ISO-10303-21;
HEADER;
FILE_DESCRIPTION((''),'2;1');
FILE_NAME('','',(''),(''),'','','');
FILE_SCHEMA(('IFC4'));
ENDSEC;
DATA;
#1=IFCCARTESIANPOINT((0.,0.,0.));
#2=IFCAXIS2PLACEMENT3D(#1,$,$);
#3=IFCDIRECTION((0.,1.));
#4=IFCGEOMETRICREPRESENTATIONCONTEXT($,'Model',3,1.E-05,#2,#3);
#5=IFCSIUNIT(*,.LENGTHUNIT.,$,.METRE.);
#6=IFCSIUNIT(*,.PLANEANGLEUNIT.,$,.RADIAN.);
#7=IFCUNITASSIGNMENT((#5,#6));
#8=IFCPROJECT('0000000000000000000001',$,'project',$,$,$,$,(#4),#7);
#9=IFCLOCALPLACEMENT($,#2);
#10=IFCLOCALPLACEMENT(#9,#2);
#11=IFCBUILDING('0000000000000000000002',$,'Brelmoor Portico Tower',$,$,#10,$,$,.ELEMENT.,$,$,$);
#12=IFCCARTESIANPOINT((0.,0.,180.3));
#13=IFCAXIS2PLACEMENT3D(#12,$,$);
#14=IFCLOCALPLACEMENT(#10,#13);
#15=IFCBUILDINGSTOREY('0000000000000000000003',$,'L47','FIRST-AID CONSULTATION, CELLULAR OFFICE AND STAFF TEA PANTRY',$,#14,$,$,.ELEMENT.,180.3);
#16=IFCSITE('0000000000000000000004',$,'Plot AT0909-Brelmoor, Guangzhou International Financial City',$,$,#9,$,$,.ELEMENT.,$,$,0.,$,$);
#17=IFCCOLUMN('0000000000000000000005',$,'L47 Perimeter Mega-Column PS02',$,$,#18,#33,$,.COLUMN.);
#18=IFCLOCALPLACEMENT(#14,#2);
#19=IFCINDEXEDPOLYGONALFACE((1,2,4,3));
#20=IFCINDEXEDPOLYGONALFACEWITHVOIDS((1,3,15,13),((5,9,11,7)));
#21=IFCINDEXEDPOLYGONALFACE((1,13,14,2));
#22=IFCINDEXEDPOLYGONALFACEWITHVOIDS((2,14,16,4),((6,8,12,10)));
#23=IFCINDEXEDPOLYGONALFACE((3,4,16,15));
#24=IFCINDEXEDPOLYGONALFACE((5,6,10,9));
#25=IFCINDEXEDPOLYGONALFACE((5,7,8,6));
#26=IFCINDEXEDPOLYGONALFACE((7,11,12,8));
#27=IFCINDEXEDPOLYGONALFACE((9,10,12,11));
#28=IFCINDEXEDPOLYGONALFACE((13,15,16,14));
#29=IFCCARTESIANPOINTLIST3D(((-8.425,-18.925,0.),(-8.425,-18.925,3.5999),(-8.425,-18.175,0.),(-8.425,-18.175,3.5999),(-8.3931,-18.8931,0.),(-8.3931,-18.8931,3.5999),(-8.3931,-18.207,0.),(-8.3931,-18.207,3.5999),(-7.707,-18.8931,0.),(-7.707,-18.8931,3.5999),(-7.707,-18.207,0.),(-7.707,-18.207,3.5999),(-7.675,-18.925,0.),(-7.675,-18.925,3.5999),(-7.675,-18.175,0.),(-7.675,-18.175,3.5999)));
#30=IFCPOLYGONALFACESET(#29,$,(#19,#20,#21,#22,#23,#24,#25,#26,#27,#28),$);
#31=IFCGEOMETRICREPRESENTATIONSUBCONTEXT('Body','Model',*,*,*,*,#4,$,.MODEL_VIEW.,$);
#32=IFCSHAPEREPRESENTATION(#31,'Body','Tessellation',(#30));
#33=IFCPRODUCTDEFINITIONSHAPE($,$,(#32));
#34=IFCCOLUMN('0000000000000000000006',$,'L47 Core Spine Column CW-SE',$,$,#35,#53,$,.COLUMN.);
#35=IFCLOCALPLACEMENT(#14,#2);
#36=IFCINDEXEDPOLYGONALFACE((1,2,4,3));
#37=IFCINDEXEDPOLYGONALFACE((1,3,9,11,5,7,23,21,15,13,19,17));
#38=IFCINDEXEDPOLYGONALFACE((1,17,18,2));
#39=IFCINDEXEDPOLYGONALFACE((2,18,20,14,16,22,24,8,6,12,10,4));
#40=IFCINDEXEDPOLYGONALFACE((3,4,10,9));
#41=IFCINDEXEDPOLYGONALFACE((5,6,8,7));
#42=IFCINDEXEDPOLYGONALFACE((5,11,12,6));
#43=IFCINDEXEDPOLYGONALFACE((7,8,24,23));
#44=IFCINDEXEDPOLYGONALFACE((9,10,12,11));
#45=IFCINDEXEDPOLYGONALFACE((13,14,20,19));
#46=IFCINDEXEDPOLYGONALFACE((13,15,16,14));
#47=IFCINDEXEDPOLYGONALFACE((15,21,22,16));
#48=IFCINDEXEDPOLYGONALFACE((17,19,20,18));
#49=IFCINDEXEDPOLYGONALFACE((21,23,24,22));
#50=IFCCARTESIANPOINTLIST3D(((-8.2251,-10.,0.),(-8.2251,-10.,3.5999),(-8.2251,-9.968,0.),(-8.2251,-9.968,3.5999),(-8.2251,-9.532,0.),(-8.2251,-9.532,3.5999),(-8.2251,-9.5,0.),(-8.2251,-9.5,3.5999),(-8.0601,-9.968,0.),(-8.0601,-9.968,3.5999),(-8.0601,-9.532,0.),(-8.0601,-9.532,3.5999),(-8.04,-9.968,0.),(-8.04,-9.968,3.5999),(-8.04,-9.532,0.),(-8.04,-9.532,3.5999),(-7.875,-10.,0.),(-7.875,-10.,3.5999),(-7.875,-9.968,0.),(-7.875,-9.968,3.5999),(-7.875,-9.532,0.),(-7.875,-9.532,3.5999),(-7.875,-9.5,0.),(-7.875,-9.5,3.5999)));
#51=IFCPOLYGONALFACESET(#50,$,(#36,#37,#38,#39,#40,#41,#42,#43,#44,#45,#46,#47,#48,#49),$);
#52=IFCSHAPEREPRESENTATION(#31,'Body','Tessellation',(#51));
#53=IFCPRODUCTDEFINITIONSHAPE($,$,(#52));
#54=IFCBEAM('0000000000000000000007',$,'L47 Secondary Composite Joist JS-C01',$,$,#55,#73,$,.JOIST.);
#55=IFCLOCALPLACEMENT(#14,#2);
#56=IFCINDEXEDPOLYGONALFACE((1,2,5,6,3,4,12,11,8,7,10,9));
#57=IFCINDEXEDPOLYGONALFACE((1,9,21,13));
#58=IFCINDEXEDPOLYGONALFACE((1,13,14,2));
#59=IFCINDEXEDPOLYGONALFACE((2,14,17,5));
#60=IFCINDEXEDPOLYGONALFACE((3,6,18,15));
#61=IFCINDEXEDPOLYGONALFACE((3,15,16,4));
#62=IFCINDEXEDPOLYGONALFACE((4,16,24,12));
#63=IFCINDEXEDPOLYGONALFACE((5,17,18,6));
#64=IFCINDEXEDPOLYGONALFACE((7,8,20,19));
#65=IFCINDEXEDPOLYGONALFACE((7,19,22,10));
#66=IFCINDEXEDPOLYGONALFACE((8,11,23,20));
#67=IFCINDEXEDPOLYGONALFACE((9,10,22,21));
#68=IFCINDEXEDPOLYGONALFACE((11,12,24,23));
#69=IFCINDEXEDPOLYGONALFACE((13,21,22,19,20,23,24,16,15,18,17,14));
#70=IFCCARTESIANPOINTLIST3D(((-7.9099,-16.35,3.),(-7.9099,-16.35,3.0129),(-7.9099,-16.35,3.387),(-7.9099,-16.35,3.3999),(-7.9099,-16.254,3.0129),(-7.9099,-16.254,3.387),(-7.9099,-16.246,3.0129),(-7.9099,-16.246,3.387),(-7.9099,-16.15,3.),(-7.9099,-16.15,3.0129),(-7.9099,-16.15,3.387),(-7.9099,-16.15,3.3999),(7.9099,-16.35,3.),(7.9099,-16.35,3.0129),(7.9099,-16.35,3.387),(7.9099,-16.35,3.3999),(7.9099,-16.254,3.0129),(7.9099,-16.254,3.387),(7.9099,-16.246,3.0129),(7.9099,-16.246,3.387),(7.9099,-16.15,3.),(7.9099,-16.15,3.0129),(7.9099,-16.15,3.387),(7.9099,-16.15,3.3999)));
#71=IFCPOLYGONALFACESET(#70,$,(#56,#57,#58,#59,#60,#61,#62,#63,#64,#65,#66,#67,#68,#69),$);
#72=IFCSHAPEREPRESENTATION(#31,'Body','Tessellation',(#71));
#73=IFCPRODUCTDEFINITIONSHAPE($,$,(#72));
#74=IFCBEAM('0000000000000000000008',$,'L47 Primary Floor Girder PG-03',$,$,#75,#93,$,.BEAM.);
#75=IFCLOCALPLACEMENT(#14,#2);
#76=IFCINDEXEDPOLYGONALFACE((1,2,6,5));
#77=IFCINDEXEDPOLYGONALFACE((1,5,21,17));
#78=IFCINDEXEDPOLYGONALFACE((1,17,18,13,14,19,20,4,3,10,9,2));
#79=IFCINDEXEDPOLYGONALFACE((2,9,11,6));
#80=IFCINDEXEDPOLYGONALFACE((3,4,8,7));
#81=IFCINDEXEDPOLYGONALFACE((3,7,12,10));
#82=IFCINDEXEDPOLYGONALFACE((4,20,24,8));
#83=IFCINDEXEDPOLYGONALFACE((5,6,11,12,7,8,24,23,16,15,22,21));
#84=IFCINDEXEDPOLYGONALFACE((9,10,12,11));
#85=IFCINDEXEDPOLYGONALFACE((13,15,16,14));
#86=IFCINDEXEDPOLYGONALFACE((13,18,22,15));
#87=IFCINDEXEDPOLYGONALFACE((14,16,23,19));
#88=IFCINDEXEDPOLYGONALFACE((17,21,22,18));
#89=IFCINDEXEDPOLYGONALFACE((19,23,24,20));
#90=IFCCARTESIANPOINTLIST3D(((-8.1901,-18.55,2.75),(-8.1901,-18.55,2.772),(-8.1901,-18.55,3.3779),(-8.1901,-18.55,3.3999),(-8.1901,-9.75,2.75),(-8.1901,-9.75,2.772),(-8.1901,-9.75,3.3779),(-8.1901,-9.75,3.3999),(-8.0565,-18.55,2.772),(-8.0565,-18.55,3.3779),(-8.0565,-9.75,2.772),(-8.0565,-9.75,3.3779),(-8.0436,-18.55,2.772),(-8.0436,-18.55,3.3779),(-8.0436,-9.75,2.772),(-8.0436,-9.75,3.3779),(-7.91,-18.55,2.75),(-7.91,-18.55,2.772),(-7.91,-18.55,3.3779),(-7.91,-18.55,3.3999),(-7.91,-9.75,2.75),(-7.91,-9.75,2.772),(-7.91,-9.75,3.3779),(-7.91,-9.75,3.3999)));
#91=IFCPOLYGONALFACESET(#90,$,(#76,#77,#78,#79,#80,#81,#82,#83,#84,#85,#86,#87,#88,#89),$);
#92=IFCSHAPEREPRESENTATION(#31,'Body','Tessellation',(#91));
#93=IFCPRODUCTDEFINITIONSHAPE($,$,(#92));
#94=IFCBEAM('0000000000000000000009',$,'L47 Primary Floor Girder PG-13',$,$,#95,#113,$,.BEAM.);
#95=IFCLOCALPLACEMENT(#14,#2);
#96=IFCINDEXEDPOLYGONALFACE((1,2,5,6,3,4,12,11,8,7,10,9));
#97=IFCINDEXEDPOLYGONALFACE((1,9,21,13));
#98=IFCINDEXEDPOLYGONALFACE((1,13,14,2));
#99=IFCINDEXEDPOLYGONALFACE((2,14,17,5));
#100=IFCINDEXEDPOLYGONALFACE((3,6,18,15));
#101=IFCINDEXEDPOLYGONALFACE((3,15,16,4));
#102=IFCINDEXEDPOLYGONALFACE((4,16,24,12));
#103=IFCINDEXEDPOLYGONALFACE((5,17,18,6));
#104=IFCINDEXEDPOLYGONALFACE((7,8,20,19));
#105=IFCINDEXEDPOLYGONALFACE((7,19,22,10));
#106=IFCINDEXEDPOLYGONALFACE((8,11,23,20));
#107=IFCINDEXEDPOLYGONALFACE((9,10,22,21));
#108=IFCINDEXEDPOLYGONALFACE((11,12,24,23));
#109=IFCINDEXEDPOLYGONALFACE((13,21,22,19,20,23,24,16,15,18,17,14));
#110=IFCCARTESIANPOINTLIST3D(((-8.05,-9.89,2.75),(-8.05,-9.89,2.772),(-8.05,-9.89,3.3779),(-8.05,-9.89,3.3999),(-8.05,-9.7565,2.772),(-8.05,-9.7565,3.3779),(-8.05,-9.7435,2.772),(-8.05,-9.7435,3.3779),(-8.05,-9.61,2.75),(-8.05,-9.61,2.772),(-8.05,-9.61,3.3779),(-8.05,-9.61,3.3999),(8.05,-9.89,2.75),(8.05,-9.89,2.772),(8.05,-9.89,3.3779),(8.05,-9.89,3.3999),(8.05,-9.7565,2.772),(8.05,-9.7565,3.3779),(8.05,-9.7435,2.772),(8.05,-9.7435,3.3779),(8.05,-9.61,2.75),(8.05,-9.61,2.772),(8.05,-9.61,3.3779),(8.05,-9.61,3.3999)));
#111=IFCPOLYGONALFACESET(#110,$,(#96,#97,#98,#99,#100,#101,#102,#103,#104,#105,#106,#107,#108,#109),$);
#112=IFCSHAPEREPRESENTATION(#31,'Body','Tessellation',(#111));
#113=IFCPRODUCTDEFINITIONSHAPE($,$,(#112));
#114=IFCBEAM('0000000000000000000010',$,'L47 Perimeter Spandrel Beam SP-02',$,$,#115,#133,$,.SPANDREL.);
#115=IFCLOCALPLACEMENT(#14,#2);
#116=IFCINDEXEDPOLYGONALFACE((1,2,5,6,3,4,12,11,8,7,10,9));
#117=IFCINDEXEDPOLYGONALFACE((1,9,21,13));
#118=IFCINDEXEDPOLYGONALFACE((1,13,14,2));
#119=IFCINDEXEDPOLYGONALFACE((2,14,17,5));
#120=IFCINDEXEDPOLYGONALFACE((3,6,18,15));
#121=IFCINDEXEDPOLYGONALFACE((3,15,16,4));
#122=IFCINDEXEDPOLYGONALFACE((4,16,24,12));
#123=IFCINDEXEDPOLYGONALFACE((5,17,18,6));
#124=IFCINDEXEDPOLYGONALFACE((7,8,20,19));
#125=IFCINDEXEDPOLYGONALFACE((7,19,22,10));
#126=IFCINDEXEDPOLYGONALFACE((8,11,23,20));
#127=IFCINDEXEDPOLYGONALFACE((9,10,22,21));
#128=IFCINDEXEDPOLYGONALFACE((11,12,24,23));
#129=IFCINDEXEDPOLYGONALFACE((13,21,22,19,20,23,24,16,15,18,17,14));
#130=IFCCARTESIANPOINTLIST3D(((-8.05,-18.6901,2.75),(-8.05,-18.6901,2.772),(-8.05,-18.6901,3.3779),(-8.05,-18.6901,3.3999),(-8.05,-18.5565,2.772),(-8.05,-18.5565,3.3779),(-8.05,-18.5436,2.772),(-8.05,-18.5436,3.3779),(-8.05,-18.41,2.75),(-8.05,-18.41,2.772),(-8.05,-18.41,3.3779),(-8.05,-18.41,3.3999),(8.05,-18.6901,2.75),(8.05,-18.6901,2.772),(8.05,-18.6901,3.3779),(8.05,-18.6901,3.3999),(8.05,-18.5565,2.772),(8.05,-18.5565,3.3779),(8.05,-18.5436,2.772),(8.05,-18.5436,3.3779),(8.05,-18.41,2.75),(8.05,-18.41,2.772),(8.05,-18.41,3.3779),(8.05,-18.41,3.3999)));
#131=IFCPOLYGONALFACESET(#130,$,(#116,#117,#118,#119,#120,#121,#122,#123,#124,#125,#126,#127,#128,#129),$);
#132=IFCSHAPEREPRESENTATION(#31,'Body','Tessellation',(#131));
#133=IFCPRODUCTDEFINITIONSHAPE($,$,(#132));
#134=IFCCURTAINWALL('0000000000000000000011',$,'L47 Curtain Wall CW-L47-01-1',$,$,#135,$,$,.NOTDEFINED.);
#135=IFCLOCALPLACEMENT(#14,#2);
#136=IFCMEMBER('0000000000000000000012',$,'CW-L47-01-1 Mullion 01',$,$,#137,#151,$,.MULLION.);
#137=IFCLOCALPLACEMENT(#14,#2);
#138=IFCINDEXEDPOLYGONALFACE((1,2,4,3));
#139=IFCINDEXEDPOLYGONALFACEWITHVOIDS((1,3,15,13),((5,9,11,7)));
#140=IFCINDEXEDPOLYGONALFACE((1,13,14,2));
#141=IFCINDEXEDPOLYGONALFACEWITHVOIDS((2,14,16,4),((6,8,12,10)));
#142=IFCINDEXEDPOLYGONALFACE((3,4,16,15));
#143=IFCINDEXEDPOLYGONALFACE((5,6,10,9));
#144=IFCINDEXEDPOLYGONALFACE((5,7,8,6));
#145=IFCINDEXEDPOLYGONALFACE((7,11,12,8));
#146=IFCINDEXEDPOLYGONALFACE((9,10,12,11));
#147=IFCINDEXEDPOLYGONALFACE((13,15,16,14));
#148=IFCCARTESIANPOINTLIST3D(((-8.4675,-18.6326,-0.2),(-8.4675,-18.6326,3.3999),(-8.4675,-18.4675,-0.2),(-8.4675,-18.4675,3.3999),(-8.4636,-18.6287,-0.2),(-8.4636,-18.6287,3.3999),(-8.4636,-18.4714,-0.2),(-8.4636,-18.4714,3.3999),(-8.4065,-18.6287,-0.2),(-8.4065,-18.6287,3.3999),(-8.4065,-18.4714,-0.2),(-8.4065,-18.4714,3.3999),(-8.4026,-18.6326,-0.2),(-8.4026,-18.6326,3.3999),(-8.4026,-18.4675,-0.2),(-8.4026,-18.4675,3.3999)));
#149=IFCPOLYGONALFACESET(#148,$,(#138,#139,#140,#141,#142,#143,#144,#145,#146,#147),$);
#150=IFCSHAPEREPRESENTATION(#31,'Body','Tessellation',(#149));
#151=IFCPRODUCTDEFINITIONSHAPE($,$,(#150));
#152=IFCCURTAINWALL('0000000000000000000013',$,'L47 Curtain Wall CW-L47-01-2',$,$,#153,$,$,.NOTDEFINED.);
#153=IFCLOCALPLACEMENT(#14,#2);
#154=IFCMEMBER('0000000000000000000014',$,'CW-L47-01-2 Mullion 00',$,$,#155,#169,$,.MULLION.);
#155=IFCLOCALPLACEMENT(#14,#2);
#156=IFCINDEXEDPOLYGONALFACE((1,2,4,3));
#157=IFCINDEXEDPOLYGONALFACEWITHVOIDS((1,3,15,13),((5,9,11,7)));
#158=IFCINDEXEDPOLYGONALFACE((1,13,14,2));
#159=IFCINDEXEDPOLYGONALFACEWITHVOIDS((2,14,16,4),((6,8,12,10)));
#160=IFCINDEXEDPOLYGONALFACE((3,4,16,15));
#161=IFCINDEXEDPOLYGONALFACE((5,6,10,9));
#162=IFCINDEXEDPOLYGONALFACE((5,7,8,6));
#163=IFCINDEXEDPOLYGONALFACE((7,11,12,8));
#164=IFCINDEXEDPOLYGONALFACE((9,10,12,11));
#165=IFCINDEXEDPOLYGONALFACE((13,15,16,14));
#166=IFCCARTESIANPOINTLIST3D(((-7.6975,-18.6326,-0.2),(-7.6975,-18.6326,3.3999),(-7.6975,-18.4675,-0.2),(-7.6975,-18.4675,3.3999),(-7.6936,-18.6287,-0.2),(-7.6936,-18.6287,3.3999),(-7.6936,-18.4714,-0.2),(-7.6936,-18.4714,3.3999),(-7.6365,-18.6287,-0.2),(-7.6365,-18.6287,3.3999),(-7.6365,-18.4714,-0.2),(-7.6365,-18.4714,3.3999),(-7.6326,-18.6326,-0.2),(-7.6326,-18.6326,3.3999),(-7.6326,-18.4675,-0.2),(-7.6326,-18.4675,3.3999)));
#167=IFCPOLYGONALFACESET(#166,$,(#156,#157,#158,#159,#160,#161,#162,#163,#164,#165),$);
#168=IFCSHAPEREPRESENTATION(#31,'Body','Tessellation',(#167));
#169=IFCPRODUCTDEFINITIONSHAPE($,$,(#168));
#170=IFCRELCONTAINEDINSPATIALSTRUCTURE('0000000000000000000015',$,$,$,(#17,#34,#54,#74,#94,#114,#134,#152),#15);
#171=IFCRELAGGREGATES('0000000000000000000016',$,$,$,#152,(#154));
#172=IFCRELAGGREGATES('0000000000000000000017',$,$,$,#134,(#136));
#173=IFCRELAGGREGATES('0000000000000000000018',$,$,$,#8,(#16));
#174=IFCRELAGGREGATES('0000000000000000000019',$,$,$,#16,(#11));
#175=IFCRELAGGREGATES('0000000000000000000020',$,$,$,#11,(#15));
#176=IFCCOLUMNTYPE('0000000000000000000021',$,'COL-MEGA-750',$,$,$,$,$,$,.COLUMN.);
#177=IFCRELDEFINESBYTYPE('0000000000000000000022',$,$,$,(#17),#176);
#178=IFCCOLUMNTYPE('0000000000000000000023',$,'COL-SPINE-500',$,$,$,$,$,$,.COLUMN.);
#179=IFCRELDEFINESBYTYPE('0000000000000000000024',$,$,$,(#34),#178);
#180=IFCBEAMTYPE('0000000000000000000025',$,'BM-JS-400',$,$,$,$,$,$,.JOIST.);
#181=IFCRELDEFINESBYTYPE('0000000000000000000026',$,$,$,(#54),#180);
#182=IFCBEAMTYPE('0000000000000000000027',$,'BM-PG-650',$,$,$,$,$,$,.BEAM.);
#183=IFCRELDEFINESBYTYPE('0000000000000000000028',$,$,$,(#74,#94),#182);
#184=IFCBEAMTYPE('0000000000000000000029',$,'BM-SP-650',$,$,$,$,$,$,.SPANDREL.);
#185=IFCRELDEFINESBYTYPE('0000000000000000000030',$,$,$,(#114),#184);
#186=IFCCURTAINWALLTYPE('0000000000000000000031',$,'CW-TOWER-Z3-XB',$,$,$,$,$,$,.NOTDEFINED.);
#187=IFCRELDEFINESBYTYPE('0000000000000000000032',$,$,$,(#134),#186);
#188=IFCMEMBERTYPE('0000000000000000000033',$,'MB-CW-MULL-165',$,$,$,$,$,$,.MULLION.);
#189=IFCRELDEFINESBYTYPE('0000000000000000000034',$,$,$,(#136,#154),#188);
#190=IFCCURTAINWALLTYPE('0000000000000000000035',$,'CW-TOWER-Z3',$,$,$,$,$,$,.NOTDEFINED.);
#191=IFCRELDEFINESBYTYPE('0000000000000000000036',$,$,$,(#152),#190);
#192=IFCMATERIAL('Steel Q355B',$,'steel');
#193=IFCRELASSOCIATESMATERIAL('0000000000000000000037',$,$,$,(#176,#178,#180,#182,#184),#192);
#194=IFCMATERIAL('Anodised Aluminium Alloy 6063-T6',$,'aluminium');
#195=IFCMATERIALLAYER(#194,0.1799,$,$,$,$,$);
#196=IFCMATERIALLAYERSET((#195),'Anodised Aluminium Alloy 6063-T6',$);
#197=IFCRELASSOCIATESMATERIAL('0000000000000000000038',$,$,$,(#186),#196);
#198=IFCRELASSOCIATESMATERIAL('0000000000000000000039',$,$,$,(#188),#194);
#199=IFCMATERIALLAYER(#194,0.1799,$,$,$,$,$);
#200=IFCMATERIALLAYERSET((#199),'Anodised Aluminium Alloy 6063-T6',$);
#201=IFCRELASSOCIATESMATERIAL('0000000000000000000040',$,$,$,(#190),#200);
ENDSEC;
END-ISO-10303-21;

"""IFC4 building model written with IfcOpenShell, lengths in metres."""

from ifc_helpers import new_model, si_unit, direction, frame, origin, origin_2d, place, context, subcontext, project, spatial, hollow_rectangle, i_section, extrude, material, layer, layer_set, material_profile, profile_set, type_object, element, aggregate, save


model = new_model("IFC4")

# Units and contexts
model_context = context("Model", 3, precision=1e-05, world=origin(), true_north=direction((0.0, 1.0)))
body_context = subcontext(model_context, "Body", "Model", "MODEL_VIEW")
ifc_project = project(units=[si_unit("LENGTHUNIT", "METRE"), si_unit("PLANEANGLEUNIT", "RADIAN")], contexts=[model_context])

# Site, building, storey
site_placement = place(None, origin())
site = spatial("IfcSite", under=ifc_project, at=site_placement, Name="Plot AT0909-Brelmoor, Guangzhou International Financial City", CompositionType="ELEMENT", RefElevation=0.0)
building_placement = place(site_placement, origin())
building = spatial("IfcBuilding", under=site, at=building_placement, Name="Brelmoor Portico Tower", CompositionType="ELEMENT")
storey_placement = place(building_placement, frame((0.0, 0.0, 180.3)))
storey = spatial("IfcBuildingStorey", under=building, at=storey_placement, Name="L47", Description="FIRST-AID CONSULTATION, CELLULAR OFFICE AND STAFF TEA PANTRY", CompositionType="ELEMENT", Elevation=180.3)

# Columns
ifc_material_1 = material(Name="Steel Q355B", Category="steel")
ifc_material_profile_1 = material_profile(ifc_material_1, hollow_rectangle(XDim=0.75, YDim=0.75, WallThickness=0.032, at=origin_2d()), Name="BOX 750x750x32")
ifc_profile_set_1 = profile_set([ifc_material_profile_1], Name="Steel Q355B")
column_type_1 = type_object("IfcColumnType", Name="COL-MEGA-750", PredefinedType="COLUMN", material=ifc_profile_set_1)
column_1_placement = place(storey_placement, frame((-8.05, -18.55, 0.0), z_axis=(0.0, 0.0, 1.0), x_axis=(1.0, 0.0, 0.0)))
element("IfcColumn", 1, at=column_1_placement, inside=storey, type_object=column_type_1, Name="L47 Perimeter Mega-Column PS02", PredefinedType="COLUMN", context=body_context, shape_type="SweptSolid", body=[
    extrude(hollow_rectangle(XDim=0.75, YDim=0.75, WallThickness=0.032, at=origin_2d()), origin(), (0.0, 0.0, 1.0), 3.5999),
])
ifc_material_profile_2 = material_profile(ifc_material_1, i_section(OverallWidth=0.3501, OverallDepth=0.5, WebThickness=0.02, FlangeThickness=0.032, at=origin_2d()), Name="HW 500x350x20x32")
ifc_profile_set_2 = profile_set([ifc_material_profile_2], Name="Steel Q355B")
column_type_2 = type_object("IfcColumnType", Name="COL-SPINE-500", PredefinedType="COLUMN", material=ifc_profile_set_2)
column_2_placement = place(storey_placement, frame((-8.05, -9.75, 0.0), z_axis=(0.0, 0.0, 1.0), x_axis=(1.0, 0.0, 0.0)))
element("IfcColumn", 2, at=column_2_placement, inside=storey, type_object=column_type_2, Name="L47 Core Spine Column CW-SE", PredefinedType="COLUMN", context=body_context, shape_type="SweptSolid", body=[
    extrude(i_section(OverallWidth=0.3501, OverallDepth=0.5, WebThickness=0.02, FlangeThickness=0.032, at=origin_2d()), origin(), (0.0, 0.0, 1.0), 3.5999),
])

# Beams
ifc_material_profile_3 = material_profile(ifc_material_1, i_section(OverallWidth=0.2, OverallDepth=0.3999, WebThickness=0.0081, FlangeThickness=0.0129, at=origin_2d()), Name="HN 400x200x8x13")
ifc_profile_set_3 = profile_set([ifc_material_profile_3], Name="Steel Q355B")
beam_type_1 = type_object("IfcBeamType", Name="BM-JS-400", PredefinedType="JOIST", material=ifc_profile_set_3)
beam_1_placement = place(storey_placement, frame((-7.9099, -16.25, 3.2), z_axis=(1.0, 0.0, 0.0), x_axis=(0.0, 1.0, 0.0)))
element("IfcBeam", 3, at=beam_1_placement, inside=storey, type_object=beam_type_1, Name="L47 Secondary Composite Joist JS-C01", PredefinedType="JOIST", context=body_context, shape_type="SweptSolid", body=[
    extrude(i_section(OverallWidth=0.2, OverallDepth=0.3999, WebThickness=0.0081, FlangeThickness=0.0129, at=origin_2d()), origin(), (0.0, 0.0, 1.0), 15.8198),
])
ifc_material_profile_4 = material_profile(ifc_material_1, i_section(OverallWidth=0.28, OverallDepth=0.6499, WebThickness=0.0129, FlangeThickness=0.022, at=origin_2d()), Name="HN 650x280x13x22")
ifc_profile_set_4 = profile_set([ifc_material_profile_4], Name="Steel Q355B")
beam_type_2 = type_object("IfcBeamType", Name="BM-PG-650", PredefinedType="BEAM", material=ifc_profile_set_4)
beam_2_placement = place(storey_placement, frame((-8.05, -18.55, 3.075), z_axis=(0.0, 1.0, 0.0), x_axis=(-1.0, 0.0, 0.0)))
element("IfcBeam", 4, at=beam_2_placement, inside=storey, type_object=beam_type_2, Name="L47 Primary Floor Girder PG-03", PredefinedType="BEAM", context=body_context, shape_type="SweptSolid", body=[
    extrude(i_section(OverallWidth=0.28, OverallDepth=0.6499, WebThickness=0.0129, FlangeThickness=0.022, at=origin_2d()), origin(), (0.0, 0.0, 1.0), 8.8),
])
beam_3_placement = place(storey_placement, frame((-8.05, -9.75, 3.075), z_axis=(1.0, 0.0, 0.0), x_axis=(0.0, 1.0, 0.0)))
element("IfcBeam", 5, at=beam_3_placement, inside=storey, type_object=beam_type_2, Name="L47 Primary Floor Girder PG-13", PredefinedType="BEAM", context=body_context, shape_type="SweptSolid", body=[
    extrude(i_section(OverallWidth=0.28, OverallDepth=0.6499, WebThickness=0.0129, FlangeThickness=0.022, at=origin_2d()), origin(), (0.0, 0.0, 1.0), 16.1001),
])
ifc_material_profile_5 = material_profile(ifc_material_1, i_section(OverallWidth=0.28, OverallDepth=0.6499, WebThickness=0.0129, FlangeThickness=0.022, at=origin_2d()), Name="HN 650x280x13x22")
ifc_profile_set_5 = profile_set([ifc_material_profile_5], Name="Steel Q355B")
beam_type_3 = type_object("IfcBeamType", Name="BM-SP-650", PredefinedType="SPANDREL", material=ifc_profile_set_5)
beam_4_placement = place(storey_placement, frame((-8.05, -18.55, 3.075), z_axis=(1.0, 0.0, 0.0), x_axis=(0.0, 1.0, 0.0)))
element("IfcBeam", 6, at=beam_4_placement, inside=storey, type_object=beam_type_3, Name="L47 Perimeter Spandrel Beam SP-02", PredefinedType="SPANDREL", context=body_context, shape_type="SweptSolid", body=[
    extrude(i_section(OverallWidth=0.28, OverallDepth=0.6499, WebThickness=0.0129, FlangeThickness=0.022, at=origin_2d()), origin(), (0.0, 0.0, 1.0), 16.1001),
])

# Curtain wall, member
ifc_material_2 = material(Name="Anodised Aluminium Alloy 6063-T6", Category="aluminium")
ifc_layer_1 = layer(ifc_material_2, 0.1799)
ifc_layer_set_1 = layer_set([ifc_layer_1], Name="Anodised Aluminium Alloy 6063-T6")
curtain_wall_type_1 = type_object("IfcCurtainWallType", Name="CW-TOWER-Z3-XB", PredefinedType="NOTDEFINED", material=ifc_layer_set_1)
curtain_wall_1_placement = place(storey_placement, origin())
curtain_wall_1 = element("IfcCurtainWall", 7, at=curtain_wall_1_placement, inside=storey, type_object=curtain_wall_type_1, Name="L47 Curtain Wall CW-L47-01-1", PredefinedType="NOTDEFINED")
ifc_material_profile_6 = material_profile(ifc_material_2, hollow_rectangle(XDim=0.0649, YDim=0.165, WallThickness=0.0039, at=origin_2d()), Name="ALU MULLION 65x165")
ifc_profile_set_6 = profile_set([ifc_material_profile_6], Name="Anodised Aluminium Alloy 6063-T6")
member_type_1 = type_object("IfcMemberType", Name="MB-CW-MULL-165", PredefinedType="MULLION", material=ifc_profile_set_6)
member_1_placement = place(storey_placement, frame((-8.4351, -18.55, -0.2), z_axis=(0.0, 0.0, 1.0), x_axis=(1.0, 0.0, 0.0)))
member_1 = element("IfcMember", 8, at=member_1_placement, type_object=member_type_1, Name="CW-L47-01-1 Mullion 01", PredefinedType="MULLION", context=body_context, shape_type="SweptSolid", body=[
    extrude(hollow_rectangle(XDim=0.0649, YDim=0.165, WallThickness=0.0039, at=origin_2d()), origin(), (0.0, 0.0, 1.0), 3.5999),
])

# Curtain wall, member
ifc_layer_2 = layer(ifc_material_2, 0.1799)
ifc_layer_set_2 = layer_set([ifc_layer_2], Name="Anodised Aluminium Alloy 6063-T6")
curtain_wall_type_2 = type_object("IfcCurtainWallType", Name="CW-TOWER-Z3", PredefinedType="NOTDEFINED", material=ifc_layer_set_2)
curtain_wall_2_placement = place(storey_placement, origin())
curtain_wall_2 = element("IfcCurtainWall", 9, at=curtain_wall_2_placement, inside=storey, type_object=curtain_wall_type_2, Name="L47 Curtain Wall CW-L47-01-2", PredefinedType="NOTDEFINED")
member_2_placement = place(storey_placement, frame((-7.665, -18.55, -0.2), z_axis=(0.0, 0.0, 1.0), x_axis=(1.0, 0.0, 0.0)))
member_2 = element("IfcMember", 10, at=member_2_placement, type_object=member_type_1, Name="CW-L47-01-2 Mullion 00", PredefinedType="MULLION", context=body_context, shape_type="SweptSolid", body=[
    extrude(hollow_rectangle(XDim=0.0649, YDim=0.165, WallThickness=0.0039, at=origin_2d()), origin(), (0.0, 0.0, 1.0), 3.5999),
])
aggregate(curtain_wall_2, [member_2])

aggregate(curtain_wall_1, [member_1])

save(model, "model.ifc")
